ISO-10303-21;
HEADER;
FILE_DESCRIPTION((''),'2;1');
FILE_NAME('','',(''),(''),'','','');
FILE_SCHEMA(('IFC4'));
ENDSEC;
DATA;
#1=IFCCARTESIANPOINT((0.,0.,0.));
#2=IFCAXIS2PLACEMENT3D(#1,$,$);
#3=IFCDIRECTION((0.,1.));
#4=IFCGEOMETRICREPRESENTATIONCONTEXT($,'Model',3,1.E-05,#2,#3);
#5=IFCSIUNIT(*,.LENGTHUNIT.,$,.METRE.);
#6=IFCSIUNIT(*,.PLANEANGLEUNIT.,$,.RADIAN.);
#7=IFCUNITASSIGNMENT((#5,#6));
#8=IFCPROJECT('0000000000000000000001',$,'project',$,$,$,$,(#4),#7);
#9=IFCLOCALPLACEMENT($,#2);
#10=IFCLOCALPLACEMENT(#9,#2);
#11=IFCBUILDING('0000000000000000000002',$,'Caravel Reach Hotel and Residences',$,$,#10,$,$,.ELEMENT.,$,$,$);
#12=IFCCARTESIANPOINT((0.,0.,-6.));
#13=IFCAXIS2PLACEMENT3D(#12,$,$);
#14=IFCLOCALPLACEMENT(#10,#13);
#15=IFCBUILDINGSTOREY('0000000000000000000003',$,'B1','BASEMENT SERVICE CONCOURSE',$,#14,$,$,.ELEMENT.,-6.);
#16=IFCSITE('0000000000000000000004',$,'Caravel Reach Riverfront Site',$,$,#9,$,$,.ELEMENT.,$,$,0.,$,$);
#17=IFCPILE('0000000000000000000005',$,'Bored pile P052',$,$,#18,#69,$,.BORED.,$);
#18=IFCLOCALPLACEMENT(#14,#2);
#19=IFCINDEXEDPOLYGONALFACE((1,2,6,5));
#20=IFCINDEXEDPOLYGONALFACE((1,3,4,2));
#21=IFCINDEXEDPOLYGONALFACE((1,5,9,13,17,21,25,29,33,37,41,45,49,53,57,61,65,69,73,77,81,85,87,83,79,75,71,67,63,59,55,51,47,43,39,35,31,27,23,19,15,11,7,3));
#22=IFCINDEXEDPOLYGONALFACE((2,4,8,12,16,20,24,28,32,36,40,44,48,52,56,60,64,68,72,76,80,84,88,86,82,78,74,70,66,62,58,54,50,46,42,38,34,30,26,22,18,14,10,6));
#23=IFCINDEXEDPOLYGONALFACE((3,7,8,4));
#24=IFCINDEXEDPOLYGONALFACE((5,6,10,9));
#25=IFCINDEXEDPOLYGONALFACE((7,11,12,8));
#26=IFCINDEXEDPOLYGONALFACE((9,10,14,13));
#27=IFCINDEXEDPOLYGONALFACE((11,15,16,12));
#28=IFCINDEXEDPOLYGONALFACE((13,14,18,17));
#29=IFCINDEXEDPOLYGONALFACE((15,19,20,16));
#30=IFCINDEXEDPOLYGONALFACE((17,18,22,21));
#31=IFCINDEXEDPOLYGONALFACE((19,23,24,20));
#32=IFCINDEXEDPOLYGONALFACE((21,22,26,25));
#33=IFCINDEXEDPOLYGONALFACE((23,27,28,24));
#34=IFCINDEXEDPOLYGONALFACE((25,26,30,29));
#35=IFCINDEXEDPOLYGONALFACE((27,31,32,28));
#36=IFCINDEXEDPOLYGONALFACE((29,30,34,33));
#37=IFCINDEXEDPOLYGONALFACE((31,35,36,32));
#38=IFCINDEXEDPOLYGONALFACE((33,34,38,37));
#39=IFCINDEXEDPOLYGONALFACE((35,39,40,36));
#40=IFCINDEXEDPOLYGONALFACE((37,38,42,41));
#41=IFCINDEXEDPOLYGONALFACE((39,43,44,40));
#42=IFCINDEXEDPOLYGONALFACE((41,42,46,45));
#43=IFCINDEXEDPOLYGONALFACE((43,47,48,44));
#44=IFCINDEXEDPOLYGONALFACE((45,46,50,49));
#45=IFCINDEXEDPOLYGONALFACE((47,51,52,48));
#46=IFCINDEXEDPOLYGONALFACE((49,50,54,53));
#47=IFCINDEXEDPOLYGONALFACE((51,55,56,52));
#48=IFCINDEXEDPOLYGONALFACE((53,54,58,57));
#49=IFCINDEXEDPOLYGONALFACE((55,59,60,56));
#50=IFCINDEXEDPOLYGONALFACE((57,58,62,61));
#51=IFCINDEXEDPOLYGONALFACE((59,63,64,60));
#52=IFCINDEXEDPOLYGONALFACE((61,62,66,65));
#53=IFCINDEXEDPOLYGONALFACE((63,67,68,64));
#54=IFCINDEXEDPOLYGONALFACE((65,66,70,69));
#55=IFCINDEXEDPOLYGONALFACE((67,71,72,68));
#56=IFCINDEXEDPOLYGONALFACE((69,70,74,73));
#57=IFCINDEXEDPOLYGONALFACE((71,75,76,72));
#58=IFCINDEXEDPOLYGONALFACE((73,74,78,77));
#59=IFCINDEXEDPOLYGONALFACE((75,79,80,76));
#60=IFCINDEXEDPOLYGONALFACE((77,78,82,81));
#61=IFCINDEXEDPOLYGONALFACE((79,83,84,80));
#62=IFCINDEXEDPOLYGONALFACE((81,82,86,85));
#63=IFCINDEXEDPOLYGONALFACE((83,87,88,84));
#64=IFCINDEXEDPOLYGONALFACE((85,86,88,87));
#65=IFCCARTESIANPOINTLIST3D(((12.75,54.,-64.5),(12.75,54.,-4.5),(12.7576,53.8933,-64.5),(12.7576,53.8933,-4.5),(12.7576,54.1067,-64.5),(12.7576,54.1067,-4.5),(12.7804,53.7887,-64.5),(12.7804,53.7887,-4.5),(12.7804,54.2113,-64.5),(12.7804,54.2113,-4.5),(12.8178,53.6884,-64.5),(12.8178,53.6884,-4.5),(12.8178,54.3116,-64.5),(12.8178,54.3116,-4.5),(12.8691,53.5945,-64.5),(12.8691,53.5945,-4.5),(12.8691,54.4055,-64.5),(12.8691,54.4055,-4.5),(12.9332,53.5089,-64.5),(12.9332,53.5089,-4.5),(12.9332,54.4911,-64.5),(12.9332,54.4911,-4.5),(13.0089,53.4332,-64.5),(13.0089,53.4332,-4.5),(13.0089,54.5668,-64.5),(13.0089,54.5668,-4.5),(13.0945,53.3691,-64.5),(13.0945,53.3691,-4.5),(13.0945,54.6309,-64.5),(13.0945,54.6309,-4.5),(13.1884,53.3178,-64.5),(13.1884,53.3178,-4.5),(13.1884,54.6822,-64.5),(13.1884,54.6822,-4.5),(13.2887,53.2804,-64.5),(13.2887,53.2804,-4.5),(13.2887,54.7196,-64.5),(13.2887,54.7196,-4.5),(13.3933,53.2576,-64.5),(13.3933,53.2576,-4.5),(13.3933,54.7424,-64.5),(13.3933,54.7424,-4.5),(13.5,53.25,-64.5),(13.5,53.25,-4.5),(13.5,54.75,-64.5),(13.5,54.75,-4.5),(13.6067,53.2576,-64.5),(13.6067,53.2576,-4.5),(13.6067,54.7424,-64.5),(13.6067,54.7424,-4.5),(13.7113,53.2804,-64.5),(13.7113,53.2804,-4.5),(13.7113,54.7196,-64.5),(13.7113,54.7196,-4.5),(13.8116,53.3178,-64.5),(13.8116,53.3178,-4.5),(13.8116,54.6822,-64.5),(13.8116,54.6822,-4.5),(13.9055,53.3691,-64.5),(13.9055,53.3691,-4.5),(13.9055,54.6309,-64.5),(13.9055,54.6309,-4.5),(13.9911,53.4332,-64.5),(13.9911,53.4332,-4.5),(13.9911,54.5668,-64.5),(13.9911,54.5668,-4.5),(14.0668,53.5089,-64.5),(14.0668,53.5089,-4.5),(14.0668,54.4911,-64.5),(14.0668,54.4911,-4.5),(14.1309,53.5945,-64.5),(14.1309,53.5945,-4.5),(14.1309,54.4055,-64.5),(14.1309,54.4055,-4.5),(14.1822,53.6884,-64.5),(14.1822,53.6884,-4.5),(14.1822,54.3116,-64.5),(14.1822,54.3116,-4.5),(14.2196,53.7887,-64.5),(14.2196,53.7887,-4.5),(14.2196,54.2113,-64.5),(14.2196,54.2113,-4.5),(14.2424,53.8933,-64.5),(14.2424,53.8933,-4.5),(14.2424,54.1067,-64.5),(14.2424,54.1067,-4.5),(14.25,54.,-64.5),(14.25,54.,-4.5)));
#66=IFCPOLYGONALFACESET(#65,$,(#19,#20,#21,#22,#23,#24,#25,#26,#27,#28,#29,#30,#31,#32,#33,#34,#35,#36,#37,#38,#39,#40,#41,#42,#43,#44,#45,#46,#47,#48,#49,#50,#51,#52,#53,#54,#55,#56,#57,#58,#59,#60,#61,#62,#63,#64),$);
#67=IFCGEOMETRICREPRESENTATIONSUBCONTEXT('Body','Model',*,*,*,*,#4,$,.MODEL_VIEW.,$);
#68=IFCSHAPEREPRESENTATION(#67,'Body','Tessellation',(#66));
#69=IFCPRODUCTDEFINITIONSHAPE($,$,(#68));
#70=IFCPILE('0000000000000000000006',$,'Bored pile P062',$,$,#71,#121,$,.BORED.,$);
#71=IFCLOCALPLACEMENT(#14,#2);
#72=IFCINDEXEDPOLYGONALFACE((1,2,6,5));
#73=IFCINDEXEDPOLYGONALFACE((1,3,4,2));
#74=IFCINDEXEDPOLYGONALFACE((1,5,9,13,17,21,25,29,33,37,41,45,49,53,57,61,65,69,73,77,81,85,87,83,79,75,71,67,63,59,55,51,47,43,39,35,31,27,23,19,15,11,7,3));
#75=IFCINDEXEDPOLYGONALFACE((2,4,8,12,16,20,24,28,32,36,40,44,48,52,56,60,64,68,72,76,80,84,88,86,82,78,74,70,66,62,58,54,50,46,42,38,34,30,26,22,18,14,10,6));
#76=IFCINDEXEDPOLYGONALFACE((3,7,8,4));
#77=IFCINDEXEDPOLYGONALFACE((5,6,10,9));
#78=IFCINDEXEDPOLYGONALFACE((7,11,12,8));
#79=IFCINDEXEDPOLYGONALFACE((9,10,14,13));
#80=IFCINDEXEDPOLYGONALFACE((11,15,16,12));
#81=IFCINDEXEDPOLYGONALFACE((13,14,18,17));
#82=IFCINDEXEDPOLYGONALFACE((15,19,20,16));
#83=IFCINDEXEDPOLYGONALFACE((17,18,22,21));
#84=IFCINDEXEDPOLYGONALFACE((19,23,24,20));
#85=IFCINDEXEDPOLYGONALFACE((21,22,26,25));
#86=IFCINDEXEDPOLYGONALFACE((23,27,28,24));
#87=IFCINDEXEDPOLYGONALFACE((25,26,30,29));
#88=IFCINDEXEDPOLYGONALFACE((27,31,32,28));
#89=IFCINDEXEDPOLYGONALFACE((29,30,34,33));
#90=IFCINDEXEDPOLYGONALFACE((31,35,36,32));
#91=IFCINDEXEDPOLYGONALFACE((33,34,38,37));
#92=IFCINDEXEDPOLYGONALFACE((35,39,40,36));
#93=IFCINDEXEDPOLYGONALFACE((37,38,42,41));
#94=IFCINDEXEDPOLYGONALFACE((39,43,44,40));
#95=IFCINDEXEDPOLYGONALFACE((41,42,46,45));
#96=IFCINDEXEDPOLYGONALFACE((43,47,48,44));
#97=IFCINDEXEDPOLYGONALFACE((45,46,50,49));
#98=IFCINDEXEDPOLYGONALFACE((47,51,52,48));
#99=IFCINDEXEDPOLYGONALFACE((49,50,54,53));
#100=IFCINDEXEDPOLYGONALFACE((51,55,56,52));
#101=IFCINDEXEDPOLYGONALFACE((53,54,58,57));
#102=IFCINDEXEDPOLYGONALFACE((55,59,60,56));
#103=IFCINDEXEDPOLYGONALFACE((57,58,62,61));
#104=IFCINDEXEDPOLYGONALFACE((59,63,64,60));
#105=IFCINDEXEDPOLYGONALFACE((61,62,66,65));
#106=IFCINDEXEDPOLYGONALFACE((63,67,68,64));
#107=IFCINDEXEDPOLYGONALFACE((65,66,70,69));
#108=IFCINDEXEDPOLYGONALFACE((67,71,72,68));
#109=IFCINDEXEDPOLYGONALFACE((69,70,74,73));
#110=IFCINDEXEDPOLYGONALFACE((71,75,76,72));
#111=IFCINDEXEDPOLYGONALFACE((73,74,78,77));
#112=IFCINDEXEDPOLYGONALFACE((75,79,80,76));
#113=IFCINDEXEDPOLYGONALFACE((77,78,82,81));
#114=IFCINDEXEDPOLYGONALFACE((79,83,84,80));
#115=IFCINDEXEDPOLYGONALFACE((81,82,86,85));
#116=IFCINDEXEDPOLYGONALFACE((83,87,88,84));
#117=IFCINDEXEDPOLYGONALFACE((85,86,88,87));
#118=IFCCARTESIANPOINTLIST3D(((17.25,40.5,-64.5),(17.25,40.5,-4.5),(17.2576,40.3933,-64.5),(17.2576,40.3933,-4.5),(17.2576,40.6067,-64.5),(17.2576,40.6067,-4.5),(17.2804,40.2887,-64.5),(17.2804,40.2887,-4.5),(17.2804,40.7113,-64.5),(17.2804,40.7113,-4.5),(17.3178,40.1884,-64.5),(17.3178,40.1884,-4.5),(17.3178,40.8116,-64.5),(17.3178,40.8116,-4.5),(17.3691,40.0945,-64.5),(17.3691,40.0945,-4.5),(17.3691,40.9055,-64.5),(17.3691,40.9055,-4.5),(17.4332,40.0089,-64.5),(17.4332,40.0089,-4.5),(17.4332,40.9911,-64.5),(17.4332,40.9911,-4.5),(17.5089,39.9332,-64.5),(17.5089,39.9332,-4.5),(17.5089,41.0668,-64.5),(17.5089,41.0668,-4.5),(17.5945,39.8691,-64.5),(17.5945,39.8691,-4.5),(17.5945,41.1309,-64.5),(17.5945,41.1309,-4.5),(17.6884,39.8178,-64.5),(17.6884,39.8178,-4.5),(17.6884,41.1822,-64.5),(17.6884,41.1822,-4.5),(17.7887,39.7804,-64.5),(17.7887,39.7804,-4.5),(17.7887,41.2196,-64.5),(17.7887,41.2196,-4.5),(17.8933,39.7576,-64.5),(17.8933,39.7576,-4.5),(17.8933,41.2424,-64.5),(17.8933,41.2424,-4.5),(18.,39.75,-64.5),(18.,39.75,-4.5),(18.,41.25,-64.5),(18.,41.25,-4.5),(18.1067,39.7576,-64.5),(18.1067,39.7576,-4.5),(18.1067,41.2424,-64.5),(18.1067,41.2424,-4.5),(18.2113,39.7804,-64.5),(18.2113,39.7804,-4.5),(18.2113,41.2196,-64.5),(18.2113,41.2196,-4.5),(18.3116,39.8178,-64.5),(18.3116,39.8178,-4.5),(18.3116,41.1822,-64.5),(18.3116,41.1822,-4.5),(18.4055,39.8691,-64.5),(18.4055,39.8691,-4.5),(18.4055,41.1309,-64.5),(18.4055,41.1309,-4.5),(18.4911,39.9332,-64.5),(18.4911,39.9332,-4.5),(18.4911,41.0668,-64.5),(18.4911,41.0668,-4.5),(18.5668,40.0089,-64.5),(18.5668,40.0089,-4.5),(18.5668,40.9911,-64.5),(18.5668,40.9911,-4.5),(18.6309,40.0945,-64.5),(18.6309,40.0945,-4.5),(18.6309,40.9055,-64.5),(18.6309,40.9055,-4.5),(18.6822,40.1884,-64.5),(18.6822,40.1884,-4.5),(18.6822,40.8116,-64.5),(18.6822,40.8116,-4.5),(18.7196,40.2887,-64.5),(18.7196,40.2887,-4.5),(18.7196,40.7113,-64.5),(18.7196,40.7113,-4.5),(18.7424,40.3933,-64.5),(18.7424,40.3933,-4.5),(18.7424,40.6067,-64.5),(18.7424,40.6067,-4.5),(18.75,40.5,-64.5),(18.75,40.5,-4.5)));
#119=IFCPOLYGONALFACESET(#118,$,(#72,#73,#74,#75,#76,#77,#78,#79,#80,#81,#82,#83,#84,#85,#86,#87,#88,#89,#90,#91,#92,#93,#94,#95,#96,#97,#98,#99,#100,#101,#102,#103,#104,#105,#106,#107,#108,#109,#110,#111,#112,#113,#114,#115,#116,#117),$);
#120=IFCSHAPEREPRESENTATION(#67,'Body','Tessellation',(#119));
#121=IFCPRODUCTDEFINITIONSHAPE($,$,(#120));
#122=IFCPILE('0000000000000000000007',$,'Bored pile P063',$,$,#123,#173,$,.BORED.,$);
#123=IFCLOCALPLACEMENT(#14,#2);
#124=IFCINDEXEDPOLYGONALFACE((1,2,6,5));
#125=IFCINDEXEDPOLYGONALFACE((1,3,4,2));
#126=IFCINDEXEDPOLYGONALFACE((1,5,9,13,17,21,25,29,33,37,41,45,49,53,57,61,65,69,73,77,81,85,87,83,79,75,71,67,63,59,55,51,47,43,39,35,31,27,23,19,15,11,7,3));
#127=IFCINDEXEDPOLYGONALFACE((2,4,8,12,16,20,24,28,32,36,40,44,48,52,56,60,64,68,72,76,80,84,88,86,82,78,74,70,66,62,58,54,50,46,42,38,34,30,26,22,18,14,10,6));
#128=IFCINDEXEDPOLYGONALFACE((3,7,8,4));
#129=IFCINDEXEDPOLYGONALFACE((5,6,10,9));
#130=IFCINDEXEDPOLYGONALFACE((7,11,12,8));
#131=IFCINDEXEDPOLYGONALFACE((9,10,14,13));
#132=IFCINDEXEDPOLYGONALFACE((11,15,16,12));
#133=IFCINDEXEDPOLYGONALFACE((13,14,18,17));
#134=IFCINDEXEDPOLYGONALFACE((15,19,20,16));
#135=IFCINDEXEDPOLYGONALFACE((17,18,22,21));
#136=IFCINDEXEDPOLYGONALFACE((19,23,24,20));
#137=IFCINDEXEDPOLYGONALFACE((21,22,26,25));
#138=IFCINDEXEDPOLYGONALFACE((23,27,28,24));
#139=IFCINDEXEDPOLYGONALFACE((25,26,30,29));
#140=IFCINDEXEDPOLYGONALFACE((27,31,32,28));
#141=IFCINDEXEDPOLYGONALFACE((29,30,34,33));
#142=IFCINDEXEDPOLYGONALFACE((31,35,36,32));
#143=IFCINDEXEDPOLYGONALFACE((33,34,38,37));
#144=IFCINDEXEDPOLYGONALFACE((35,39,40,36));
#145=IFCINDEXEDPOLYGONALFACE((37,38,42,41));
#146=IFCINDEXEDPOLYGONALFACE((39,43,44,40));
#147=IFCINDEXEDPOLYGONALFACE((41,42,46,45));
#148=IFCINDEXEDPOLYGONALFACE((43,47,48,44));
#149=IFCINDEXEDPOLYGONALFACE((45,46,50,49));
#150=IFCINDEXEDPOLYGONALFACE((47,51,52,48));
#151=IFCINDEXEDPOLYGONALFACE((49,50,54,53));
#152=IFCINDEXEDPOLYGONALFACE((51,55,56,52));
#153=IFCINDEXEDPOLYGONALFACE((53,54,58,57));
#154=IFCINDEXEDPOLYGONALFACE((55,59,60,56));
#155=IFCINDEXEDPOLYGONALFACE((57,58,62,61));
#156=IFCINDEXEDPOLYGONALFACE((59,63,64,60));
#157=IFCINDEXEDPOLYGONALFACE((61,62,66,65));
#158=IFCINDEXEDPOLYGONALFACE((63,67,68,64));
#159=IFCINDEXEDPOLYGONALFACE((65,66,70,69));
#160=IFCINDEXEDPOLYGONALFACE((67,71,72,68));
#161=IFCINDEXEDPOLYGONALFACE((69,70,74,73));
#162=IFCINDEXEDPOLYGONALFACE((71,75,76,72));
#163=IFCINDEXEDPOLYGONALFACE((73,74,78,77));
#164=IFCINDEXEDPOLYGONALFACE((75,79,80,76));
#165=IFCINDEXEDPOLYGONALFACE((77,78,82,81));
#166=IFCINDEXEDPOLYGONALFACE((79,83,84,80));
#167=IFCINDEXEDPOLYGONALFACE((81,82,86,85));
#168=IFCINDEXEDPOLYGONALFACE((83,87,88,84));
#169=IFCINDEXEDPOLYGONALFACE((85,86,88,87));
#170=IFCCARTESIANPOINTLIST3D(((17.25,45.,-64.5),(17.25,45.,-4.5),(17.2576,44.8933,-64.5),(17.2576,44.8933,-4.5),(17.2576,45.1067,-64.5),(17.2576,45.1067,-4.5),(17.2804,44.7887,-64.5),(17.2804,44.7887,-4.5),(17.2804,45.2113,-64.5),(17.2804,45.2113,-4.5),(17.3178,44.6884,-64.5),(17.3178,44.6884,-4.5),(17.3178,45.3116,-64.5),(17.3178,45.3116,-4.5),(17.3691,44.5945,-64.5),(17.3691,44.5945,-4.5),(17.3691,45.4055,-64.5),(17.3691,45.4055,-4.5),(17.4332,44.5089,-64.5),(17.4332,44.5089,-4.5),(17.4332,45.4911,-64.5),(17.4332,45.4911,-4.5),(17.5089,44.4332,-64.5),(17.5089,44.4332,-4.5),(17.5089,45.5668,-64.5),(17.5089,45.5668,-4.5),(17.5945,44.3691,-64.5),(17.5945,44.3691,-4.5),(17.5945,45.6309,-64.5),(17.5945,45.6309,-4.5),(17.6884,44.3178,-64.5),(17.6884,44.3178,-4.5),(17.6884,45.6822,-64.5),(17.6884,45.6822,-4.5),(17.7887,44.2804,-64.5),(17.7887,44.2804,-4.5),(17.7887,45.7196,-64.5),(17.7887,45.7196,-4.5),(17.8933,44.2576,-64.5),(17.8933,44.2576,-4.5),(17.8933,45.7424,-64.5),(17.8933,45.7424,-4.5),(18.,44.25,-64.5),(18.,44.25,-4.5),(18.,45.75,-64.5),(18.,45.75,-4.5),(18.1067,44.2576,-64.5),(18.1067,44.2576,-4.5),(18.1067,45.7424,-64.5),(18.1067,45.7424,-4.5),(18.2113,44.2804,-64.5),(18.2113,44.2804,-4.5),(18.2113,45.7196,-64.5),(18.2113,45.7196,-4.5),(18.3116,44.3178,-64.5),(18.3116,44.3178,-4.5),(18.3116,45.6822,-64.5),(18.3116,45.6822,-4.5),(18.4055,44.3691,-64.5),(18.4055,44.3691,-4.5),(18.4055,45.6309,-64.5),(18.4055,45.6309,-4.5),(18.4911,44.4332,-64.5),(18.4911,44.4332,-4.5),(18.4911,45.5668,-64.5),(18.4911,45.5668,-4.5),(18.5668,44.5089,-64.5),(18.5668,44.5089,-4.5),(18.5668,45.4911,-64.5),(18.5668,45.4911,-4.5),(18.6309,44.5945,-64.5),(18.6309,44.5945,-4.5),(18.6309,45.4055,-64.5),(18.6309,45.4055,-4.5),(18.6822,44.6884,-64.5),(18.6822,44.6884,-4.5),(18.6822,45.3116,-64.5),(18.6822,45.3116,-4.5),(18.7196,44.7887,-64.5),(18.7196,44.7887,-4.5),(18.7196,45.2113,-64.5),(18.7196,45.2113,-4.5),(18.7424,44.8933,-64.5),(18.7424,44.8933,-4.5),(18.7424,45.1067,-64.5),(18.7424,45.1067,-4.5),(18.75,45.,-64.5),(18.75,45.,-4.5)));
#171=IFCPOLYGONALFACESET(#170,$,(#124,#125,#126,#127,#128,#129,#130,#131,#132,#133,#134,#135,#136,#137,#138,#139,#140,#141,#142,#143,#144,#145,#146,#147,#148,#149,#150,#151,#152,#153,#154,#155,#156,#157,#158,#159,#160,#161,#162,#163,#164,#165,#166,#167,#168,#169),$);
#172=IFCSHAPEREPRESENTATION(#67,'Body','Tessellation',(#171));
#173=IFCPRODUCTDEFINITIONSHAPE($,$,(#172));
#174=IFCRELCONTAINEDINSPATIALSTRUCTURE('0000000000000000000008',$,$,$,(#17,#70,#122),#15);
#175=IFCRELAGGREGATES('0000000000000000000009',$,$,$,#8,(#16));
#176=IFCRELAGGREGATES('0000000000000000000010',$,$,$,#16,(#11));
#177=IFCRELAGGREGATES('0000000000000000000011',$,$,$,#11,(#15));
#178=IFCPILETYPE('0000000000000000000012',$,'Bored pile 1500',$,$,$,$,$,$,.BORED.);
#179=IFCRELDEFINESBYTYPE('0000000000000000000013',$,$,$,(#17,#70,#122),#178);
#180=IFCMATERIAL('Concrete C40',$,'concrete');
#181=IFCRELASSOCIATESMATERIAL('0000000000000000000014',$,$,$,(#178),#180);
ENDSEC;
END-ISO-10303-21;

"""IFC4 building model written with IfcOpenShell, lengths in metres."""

from ifc_helpers import new_model, si_unit, direction, frame, origin, origin_2d, place, context, subcontext, project, spatial, circle, extrude, material, material_profile, profile_set, type_object, element, save


model = new_model("IFC4")

# Units and contexts
model_context = context("Model", 3, precision=1e-05, world=origin(), true_north=direction((0.0, 1.0)))
body_context = subcontext(model_context, "Body", "Model", "MODEL_VIEW")
ifc_project = project(units=[si_unit("LENGTHUNIT", "METRE"), si_unit("PLANEANGLEUNIT", "RADIAN")], contexts=[model_context])

# Site, building, storey
site_placement = place(None, origin())
site = spatial("IfcSite", under=ifc_project, at=site_placement, Name="Caravel Reach Riverfront Site", CompositionType="ELEMENT", RefElevation=0.0)
building_placement = place(site_placement, origin())
building = spatial("IfcBuilding", under=site, at=building_placement, Name="Caravel Reach Hotel and Residences", CompositionType="ELEMENT")
storey_placement = place(building_placement, frame((0.0, 0.0, -6.0)))
storey = spatial("IfcBuildingStorey", under=building, at=storey_placement, Name="B1", Description="BASEMENT SERVICE CONCOURSE", CompositionType="ELEMENT", Elevation=-6.0)

# Piles
ifc_material_1 = material(Name="Concrete C40", Category="concrete")
ifc_material_profile_1 = material_profile(ifc_material_1, circle(Radius=0.75, at=origin_2d()), Name="PILE 1500")
ifc_profile_set_1 = profile_set([ifc_material_profile_1], Name="Concrete C40")
pile_type = type_object("IfcPileType", Name="Bored pile 1500", PredefinedType="BORED", material=ifc_profile_set_1)
for number, where, z_axis, x_axis, name in (
    (1, (13.5, 54.0, -4.5), (0.0, 0.0, -1.0), (1.0, 0.0, 0.0), "Bored pile P052"),
    (2, (18.0, 40.5, -4.5), (0.0, 0.0, -1.0), (1.0, 0.0, 0.0), "Bored pile P062"),
    (3, (18.0, 45.0, -4.5), (0.0, 0.0, -1.0), (1.0, 0.0, 0.0), "Bored pile P063"),
):
    element("IfcPile", number, at=place(storey_placement, frame(where, z_axis=z_axis, x_axis=x_axis)), inside=storey, type_object=pile_type, Name=name, PredefinedType="BORED", context=body_context, shape_type="SweptSolid", body=[
        extrude(circle(Radius=0.75, at=origin_2d()), origin(), (0.0, 0.0, 1.0), 60.0),
    ])

save(model, "model.ifc")
